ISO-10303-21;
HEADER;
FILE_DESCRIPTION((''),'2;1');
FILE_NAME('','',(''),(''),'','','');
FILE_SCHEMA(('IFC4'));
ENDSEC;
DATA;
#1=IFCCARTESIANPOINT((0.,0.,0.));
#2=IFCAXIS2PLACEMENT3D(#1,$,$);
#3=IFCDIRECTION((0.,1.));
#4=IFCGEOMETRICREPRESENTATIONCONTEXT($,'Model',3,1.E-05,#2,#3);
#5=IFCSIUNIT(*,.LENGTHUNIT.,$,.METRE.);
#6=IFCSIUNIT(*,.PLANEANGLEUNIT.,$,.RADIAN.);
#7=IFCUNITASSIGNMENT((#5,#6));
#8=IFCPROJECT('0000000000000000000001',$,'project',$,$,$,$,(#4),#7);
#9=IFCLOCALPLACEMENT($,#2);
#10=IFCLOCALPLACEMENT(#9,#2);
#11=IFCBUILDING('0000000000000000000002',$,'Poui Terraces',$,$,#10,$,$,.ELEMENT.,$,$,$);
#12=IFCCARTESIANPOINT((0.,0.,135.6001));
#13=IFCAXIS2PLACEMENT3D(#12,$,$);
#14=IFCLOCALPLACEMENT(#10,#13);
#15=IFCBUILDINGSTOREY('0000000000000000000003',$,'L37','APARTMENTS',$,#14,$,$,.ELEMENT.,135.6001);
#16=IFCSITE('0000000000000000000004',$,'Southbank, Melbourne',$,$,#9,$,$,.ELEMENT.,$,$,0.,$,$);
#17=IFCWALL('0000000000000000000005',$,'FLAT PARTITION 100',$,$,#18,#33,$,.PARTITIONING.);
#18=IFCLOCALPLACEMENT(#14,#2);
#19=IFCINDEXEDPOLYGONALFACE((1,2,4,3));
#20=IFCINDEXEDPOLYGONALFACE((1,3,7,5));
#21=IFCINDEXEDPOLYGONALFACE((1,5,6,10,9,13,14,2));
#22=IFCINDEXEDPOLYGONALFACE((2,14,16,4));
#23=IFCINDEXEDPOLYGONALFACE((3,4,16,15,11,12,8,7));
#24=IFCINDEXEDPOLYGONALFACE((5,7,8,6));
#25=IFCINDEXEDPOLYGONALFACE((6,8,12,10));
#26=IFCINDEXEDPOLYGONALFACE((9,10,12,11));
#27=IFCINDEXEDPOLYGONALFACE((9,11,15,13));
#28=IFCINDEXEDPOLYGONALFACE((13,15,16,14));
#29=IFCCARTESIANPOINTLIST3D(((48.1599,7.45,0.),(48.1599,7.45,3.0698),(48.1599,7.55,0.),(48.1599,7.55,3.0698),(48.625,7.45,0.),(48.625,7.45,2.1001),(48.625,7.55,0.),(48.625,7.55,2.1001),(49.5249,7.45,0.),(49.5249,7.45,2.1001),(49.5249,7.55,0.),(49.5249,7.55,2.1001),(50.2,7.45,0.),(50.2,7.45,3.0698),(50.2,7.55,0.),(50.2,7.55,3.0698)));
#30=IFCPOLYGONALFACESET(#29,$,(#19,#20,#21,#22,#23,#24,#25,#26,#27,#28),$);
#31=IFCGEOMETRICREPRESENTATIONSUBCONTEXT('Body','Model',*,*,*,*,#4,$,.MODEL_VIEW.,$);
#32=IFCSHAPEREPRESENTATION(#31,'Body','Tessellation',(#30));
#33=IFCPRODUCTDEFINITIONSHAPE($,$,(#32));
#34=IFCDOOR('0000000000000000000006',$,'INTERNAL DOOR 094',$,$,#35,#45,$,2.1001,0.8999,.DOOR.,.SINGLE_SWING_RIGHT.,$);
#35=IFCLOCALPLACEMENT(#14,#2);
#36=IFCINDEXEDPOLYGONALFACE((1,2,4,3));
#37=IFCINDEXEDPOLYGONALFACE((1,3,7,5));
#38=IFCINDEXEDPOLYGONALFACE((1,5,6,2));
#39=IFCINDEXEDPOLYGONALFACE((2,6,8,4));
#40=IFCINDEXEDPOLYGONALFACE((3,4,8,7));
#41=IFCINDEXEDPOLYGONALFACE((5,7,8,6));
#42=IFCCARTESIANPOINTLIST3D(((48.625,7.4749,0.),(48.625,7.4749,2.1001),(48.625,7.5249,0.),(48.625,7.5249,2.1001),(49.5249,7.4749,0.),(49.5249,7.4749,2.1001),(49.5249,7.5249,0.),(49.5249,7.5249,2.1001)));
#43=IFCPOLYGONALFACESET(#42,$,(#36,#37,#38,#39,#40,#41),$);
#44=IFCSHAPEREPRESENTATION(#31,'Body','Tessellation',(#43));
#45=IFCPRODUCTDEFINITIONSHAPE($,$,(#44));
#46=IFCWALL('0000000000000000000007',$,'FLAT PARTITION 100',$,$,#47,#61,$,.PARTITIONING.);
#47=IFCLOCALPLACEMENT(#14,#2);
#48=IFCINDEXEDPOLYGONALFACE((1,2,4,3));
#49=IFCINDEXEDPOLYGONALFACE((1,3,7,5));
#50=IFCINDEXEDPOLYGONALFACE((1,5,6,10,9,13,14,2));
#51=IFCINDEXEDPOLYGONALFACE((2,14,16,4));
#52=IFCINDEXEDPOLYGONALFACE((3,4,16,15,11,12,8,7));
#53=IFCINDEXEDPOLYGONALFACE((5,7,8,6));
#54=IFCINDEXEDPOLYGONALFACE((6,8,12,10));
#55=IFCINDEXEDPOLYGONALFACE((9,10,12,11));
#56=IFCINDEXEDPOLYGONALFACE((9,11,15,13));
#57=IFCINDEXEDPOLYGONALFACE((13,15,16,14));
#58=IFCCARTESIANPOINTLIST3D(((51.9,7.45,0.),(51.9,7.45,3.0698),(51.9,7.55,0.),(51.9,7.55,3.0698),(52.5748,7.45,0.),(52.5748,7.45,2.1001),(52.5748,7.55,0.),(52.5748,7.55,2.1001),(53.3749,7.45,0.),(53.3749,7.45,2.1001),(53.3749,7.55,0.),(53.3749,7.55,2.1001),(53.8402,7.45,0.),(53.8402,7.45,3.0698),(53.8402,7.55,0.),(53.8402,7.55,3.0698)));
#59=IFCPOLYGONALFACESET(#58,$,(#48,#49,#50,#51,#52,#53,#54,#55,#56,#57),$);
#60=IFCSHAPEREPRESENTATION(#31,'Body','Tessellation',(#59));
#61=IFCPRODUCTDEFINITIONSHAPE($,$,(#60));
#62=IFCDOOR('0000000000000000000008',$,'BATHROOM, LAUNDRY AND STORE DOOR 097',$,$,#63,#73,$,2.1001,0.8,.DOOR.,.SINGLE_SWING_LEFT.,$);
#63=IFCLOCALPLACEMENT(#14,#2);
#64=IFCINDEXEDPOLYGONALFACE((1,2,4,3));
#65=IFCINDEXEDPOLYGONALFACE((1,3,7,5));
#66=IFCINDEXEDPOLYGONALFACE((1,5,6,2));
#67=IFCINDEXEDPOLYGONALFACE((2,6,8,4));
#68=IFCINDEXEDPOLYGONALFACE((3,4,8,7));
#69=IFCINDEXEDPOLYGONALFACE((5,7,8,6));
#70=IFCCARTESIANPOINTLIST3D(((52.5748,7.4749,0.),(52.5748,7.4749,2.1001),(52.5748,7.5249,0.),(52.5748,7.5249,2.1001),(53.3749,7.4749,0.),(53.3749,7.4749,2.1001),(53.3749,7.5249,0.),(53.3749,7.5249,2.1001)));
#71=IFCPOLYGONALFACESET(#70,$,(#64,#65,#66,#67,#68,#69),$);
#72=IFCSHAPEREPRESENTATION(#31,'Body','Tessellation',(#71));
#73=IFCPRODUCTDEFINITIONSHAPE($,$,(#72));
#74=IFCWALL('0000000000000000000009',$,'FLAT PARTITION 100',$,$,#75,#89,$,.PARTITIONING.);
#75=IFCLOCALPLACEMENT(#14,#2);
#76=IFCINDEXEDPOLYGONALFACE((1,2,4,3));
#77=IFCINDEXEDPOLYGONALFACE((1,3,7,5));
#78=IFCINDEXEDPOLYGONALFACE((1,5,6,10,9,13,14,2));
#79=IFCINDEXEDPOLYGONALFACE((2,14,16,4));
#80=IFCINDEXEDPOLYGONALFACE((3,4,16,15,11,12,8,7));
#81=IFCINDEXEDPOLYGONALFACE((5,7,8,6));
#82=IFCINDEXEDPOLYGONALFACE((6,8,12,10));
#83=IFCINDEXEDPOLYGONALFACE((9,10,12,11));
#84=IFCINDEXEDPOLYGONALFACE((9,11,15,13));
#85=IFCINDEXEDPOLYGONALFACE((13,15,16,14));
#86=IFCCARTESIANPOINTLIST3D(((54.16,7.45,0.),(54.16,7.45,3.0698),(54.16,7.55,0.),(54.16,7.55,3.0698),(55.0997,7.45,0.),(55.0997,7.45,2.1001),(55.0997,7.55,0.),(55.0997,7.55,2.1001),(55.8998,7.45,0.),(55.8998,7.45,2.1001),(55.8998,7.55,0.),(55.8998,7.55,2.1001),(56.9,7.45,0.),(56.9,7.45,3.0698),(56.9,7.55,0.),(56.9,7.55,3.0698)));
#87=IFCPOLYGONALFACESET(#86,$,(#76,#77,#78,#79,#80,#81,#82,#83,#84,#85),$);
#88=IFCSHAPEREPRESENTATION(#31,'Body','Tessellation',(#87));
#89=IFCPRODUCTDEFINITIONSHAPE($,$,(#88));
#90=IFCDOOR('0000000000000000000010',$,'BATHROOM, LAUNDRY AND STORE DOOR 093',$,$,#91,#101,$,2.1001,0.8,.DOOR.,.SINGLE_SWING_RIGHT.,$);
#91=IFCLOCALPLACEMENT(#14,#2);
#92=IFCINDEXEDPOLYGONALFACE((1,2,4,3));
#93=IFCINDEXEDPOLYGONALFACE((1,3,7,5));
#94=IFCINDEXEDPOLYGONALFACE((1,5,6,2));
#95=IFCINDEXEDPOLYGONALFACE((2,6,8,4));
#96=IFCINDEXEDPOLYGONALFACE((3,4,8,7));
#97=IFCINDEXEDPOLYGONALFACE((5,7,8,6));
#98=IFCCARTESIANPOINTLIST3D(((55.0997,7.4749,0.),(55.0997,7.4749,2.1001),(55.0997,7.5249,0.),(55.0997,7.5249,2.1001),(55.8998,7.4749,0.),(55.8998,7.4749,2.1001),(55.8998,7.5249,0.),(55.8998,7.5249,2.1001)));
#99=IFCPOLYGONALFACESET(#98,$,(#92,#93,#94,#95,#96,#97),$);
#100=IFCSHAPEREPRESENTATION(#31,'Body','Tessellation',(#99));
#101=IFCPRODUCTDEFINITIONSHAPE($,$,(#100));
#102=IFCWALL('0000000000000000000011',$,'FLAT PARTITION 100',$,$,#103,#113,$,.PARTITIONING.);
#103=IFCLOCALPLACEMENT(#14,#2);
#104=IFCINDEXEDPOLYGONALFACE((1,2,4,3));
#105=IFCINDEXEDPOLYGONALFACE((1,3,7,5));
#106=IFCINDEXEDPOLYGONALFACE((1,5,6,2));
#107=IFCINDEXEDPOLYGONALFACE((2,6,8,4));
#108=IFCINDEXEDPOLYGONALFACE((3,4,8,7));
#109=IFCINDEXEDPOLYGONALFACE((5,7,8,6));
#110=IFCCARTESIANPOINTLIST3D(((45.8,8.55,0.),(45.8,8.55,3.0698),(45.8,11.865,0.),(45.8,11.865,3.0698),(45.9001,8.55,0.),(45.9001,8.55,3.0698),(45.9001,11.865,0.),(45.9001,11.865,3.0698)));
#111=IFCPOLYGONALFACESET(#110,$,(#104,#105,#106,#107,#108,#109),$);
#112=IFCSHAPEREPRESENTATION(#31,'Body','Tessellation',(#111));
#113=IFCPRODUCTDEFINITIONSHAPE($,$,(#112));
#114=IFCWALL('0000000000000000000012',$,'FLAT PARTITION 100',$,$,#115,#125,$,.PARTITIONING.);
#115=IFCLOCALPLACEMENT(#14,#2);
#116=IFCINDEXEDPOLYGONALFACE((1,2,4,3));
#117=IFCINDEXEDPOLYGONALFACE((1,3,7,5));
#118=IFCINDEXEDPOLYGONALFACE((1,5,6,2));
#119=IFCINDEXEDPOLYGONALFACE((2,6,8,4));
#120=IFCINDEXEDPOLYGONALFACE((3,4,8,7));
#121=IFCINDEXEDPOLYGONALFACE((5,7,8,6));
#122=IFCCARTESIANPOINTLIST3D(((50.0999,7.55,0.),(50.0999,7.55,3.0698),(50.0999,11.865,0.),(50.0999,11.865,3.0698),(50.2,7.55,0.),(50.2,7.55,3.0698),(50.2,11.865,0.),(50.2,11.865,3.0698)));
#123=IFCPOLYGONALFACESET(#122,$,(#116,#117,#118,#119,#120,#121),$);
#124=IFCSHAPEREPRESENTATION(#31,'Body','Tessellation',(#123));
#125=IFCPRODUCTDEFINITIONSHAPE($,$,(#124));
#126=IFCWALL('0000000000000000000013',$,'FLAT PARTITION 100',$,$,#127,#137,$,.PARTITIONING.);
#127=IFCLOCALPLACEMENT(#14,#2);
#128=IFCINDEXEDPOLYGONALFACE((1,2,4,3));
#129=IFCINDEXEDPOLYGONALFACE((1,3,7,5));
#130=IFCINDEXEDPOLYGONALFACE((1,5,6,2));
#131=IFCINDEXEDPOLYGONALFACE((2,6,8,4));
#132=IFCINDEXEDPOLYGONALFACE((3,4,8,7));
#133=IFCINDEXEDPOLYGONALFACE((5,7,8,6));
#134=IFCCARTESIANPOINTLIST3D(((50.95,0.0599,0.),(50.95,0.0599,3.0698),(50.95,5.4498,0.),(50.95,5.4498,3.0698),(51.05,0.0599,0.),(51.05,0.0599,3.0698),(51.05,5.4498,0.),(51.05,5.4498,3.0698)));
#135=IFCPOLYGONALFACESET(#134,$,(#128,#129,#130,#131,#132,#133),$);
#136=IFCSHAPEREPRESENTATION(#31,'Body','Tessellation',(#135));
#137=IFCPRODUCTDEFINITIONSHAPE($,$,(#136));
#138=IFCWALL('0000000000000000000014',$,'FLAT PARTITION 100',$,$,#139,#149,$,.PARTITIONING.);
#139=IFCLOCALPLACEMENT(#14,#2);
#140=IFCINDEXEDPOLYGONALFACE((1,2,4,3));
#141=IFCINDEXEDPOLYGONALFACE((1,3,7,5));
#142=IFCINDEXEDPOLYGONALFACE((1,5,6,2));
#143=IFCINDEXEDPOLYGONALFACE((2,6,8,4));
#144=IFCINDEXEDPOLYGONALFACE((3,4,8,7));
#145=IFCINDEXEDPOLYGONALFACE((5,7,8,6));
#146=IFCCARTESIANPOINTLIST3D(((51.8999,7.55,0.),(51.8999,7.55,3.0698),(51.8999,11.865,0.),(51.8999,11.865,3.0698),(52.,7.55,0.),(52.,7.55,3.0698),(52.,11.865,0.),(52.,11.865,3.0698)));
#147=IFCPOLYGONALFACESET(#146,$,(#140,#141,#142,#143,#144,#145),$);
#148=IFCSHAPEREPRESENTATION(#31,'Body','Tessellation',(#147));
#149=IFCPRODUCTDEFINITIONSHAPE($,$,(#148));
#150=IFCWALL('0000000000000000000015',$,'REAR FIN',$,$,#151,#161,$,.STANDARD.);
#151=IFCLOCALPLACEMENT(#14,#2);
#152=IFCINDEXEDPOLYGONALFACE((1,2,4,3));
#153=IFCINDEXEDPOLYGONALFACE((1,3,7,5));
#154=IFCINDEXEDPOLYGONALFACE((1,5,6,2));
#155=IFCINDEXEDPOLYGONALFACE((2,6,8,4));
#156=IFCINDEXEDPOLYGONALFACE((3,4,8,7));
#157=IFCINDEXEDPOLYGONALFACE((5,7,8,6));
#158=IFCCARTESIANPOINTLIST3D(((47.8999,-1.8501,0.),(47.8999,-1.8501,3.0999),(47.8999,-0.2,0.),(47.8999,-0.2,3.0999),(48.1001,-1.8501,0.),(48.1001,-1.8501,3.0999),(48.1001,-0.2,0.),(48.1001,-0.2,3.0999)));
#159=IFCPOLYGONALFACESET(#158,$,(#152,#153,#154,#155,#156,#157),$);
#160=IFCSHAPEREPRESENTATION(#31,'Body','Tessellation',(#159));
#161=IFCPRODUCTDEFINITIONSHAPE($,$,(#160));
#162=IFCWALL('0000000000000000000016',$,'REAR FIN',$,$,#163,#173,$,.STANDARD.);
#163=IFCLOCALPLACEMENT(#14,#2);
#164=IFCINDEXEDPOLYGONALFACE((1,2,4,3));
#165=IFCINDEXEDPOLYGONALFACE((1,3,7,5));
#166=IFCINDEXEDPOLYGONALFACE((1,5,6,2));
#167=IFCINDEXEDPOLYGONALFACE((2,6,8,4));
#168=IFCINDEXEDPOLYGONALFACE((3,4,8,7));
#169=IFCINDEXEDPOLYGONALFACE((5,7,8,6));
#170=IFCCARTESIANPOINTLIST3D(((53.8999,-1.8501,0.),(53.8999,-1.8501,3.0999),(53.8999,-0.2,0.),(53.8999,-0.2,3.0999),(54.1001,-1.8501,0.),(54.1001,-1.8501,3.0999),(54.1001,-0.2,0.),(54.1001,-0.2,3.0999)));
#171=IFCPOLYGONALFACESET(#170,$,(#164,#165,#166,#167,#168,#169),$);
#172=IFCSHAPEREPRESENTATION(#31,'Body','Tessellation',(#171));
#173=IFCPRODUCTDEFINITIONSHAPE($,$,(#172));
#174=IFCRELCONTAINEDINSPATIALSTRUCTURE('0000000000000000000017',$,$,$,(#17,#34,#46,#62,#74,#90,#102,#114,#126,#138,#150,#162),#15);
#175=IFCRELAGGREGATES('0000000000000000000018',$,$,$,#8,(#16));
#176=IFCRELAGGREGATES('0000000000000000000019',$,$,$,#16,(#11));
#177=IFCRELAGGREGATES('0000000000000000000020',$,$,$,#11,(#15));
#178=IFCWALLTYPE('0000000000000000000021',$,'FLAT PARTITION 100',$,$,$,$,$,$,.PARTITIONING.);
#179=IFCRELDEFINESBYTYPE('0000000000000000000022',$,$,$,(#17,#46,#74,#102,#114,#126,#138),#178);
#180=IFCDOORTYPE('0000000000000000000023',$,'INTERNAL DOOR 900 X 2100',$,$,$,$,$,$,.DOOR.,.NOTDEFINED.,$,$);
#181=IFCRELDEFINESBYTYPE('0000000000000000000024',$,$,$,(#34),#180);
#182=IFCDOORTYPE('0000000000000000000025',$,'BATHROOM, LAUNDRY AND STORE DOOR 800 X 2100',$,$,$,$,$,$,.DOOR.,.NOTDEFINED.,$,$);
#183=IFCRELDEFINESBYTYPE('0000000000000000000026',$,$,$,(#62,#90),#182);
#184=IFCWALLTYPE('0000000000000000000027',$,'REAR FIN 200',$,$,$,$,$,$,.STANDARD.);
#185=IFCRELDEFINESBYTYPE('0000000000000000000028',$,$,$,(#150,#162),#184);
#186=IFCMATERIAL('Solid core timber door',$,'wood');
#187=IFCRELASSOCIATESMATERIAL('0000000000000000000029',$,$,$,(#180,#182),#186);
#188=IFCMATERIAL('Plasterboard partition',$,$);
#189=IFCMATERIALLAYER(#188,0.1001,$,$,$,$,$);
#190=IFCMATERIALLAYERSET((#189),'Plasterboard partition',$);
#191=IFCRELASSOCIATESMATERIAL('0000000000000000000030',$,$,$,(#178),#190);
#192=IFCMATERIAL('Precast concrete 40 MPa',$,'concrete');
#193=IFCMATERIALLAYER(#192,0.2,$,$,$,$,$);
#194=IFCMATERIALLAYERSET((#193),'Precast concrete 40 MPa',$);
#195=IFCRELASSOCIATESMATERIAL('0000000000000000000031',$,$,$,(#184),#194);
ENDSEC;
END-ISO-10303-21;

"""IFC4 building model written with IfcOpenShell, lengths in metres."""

from ifc_helpers import new_model, si_unit, direction, frame, frame_2d, origin, place, context, subcontext, project, spatial, polyline, rectangle, outline, extrude, source, transform, mapped, material, layer, layer_set, type_object, element, fill, save


model = new_model("IFC4")

# Units and contexts
model_context = context("Model", 3, precision=1e-05, world=origin(), true_north=direction((0.0, 1.0)))
body_context = subcontext(model_context, "Body", "Model", "MODEL_VIEW")
ifc_project = project(units=[si_unit("LENGTHUNIT", "METRE"), si_unit("PLANEANGLEUNIT", "RADIAN")], contexts=[model_context])

# Site, building, storey
site_placement = place(None, origin())
site = spatial("IfcSite", under=ifc_project, at=site_placement, Name="Southbank, Melbourne", CompositionType="ELEMENT", RefElevation=0.0)
building_placement = place(site_placement, origin())
building = spatial("IfcBuilding", under=site, at=building_placement, Name="Poui Terraces", CompositionType="ELEMENT")
storey_placement = place(building_placement, frame((0.0, 0.0, 135.6001)))
storey = spatial("IfcBuildingStorey", under=building, at=storey_placement, Name="L37", Description="APARTMENTS", CompositionType="ELEMENT", Elevation=135.6001)

# Shared definitions
ifc_material_1 = material(Name="Precast concrete 40 MPa", Category="concrete")

# Walls, openings, doors
ifc_material_2 = material(Name="Solid core timber door", Category="wood")
door_type_1 = type_object("IfcDoorType", Name="INTERNAL DOOR 900 X 2100", OperationType="NOTDEFINED", PredefinedType="DOOR", material=ifc_material_2)
ifc_material_3 = material(Name="Plasterboard partition")
ifc_layer_1 = layer(ifc_material_3, 0.1001)
ifc_layer_set_1 = layer_set([ifc_layer_1], Name="Plasterboard partition")
wall_type_1 = type_object("IfcWallType", Name="FLAT PARTITION 100", PredefinedType="PARTITIONING", material=ifc_layer_set_1)
wall_1_placement = place(storey_placement, frame((48.1599, 7.5, 0.0), z_axis=(0.0, 0.0, 1.0), x_axis=(1.0, 0.0, 0.0)))
wall_1 = element("IfcWall", 1, at=wall_1_placement, inside=storey, type_object=wall_type_1, Name="FLAT PARTITION 100", PredefinedType="PARTITIONING", context=body_context, shape_type="SweptSolid", body=[
    extrude(rectangle(XDim=2.04, YDim=0.1001, at=frame_2d((1.02, 0.0))), origin(), (0.0, 0.0, 1.0), 3.0698),
])
opening_1_placement = place(wall_1_placement, frame((0.4651, 0.0, 0.0)))
opening_1 = element("IfcOpeningElement", 2, at=opening_1_placement, cuts=wall_1, PredefinedType="OPENING", context=body_context, shape_type="SweptSolid", body=[
    extrude(rectangle(XDim=0.8999, YDim=2.1001, at=frame_2d((0.45, 1.05))), frame((0.0, 0.0601, 0.0), z_axis=(0.0, -1.0, 0.0), x_axis=(1.0, 0.0, 0.0)), (0.0, 0.0, 1.0), 0.1201),
])
door_1_placement = place(opening_1_placement, origin())
door_1 = element("IfcDoor", 3, at=door_1_placement, inside=storey, type_object=door_type_1, Name="INTERNAL DOOR 094", OperationType="SINGLE_SWING_RIGHT", OverallHeight=2.1001, OverallWidth=0.8999, PredefinedType="DOOR", context=body_context, shape_type="SweptSolid", body=[
    extrude(rectangle(XDim=0.8999, YDim=2.1001, at=frame_2d((0.45, 1.05))), frame((0.0, 0.0249, 0.0), z_axis=(0.0, -1.0, 0.0), x_axis=(1.0, 0.0, 0.0)), (0.0, 0.0, 1.0), 0.05),
])
fill(opening_1, door_1)
wall_2_placement = place(storey_placement, frame((51.8999, 7.5, 0.0), z_axis=(0.0, 0.0, 1.0), x_axis=(1.0, 0.0, 0.0)))
wall_2 = element("IfcWall", 4, at=wall_2_placement, inside=storey, type_object=wall_type_1, Name="FLAT PARTITION 100", PredefinedType="PARTITIONING", context=body_context, shape_type="SweptSolid", body=[
    extrude(rectangle(XDim=1.9402, YDim=0.1001, at=frame_2d((0.9702, 0.0))), origin(), (0.0, 0.0, 1.0), 3.0698),
])
opening_2_placement = place(wall_2_placement, frame((0.675, 0.0, 0.0)))
opening_2 = element("IfcOpeningElement", 5, at=opening_2_placement, cuts=wall_2, PredefinedType="OPENING", context=body_context, shape_type="SweptSolid", body=[
    extrude(rectangle(XDim=0.8, YDim=2.1001, at=frame_2d((0.3999, 1.05))), frame((0.0, 0.0601, 0.0), z_axis=(0.0, -1.0, 0.0), x_axis=(1.0, 0.0, 0.0)), (0.0, 0.0, 1.0), 0.1201),
])
door_type_2 = type_object("IfcDoorType", Name="BATHROOM, LAUNDRY AND STORE DOOR 800 X 2100", OperationType="NOTDEFINED", PredefinedType="DOOR", material=ifc_material_2)
door_2_placement = place(opening_2_placement, origin())
door_2 = element("IfcDoor", 6, at=door_2_placement, inside=storey, type_object=door_type_2, Name="BATHROOM, LAUNDRY AND STORE DOOR 097", OperationType="SINGLE_SWING_LEFT", OverallHeight=2.1001, OverallWidth=0.8, PredefinedType="DOOR", context=body_context, shape_type="SweptSolid", body=[
    extrude(rectangle(XDim=0.8, YDim=2.1001, at=frame_2d((0.3999, 1.05))), frame((0.0, 0.0249, 0.0), z_axis=(0.0, -1.0, 0.0), x_axis=(1.0, 0.0, 0.0)), (0.0, 0.0, 1.0), 0.05),
])
fill(opening_2, door_2)
wall_3_placement = place(storey_placement, frame((54.1599, 7.5, 0.0), z_axis=(0.0, 0.0, 1.0), x_axis=(1.0, 0.0, 0.0)))
wall_3 = element("IfcWall", 7, at=wall_3_placement, inside=storey, type_object=wall_type_1, Name="FLAT PARTITION 100", PredefinedType="PARTITIONING", context=body_context, shape_type="SweptSolid", body=[
    extrude(rectangle(XDim=2.74, YDim=0.1001, at=frame_2d((1.3701, 0.0))), origin(), (0.0, 0.0, 1.0), 3.0698),
])
opening_3_placement = place(wall_3_placement, frame((0.9399, 0.0, 0.0)))
opening_3 = element("IfcOpeningElement", 8, at=opening_3_placement, cuts=wall_3, PredefinedType="OPENING", context=body_context, shape_type="SweptSolid", body=[
    extrude(rectangle(XDim=0.8, YDim=2.1001, at=frame_2d((0.3999, 1.05))), frame((0.0, 0.0601, 0.0), z_axis=(0.0, -1.0, 0.0), x_axis=(1.0, 0.0, 0.0)), (0.0, 0.0, 1.0), 0.1201),
])
door_3_placement = place(opening_3_placement, origin())
door_3 = element("IfcDoor", 9, at=door_3_placement, inside=storey, type_object=door_type_2, Name="BATHROOM, LAUNDRY AND STORE DOOR 093", OperationType="SINGLE_SWING_RIGHT", OverallHeight=2.1001, OverallWidth=0.8, PredefinedType="DOOR", context=body_context, shape_type="SweptSolid", body=[
    extrude(rectangle(XDim=0.8, YDim=2.1001, at=frame_2d((0.3999, 1.05))), frame((0.0, 0.0249, 0.0), z_axis=(0.0, -1.0, 0.0), x_axis=(1.0, 0.0, 0.0)), (0.0, 0.0, 1.0), 0.05),
])
fill(opening_3, door_3)

# Walls
wall_4_placement = place(storey_placement, frame((45.8501, 8.55, 0.0), z_axis=(0.0, 0.0, 1.0), x_axis=(0.0, 1.0, 0.0)))
element("IfcWall", 10, at=wall_4_placement, inside=storey, type_object=wall_type_1, Name="FLAT PARTITION 100", PredefinedType="PARTITIONING", context=body_context, shape_type="SweptSolid", body=[
    extrude(rectangle(XDim=3.3149, YDim=0.1001, at=frame_2d((1.6575, 0.0))), origin(), (0.0, 0.0, 1.0), 3.0698),
])
wall_5_placement = place(storey_placement, frame((50.1499, 7.55, 0.0), z_axis=(0.0, 0.0, 1.0), x_axis=(0.0, 1.0, 0.0)))
element("IfcWall", 11, at=wall_5_placement, inside=storey, type_object=wall_type_1, Name="FLAT PARTITION 100", PredefinedType="PARTITIONING", context=body_context, shape_type="SweptSolid", body=[
    extrude(rectangle(XDim=4.3149, YDim=0.1001, at=frame_2d((2.1575, 0.0))), origin(), (0.0, 0.0, 1.0), 3.0698),
])
wall_6_placement = place(storey_placement, frame((51.0, 0.0601, 0.0), z_axis=(0.0, 0.0, 1.0), x_axis=(0.0, 1.0, 0.0)))
element("IfcWall", 12, at=wall_6_placement, inside=storey, type_object=wall_type_1, Name="FLAT PARTITION 100", PredefinedType="PARTITIONING", context=body_context, shape_type="SweptSolid", body=[
    extrude(rectangle(XDim=5.3899, YDim=0.1001, at=frame_2d((2.6948, 0.0))), origin(), (0.0, 0.0, 1.0), 3.0698),
])
wall_7_placement = place(storey_placement, frame((51.95, 7.55, 0.0), z_axis=(0.0, 0.0, 1.0), x_axis=(0.0, 1.0, 0.0)))
element("IfcWall", 13, at=wall_7_placement, inside=storey, type_object=wall_type_1, Name="FLAT PARTITION 100", PredefinedType="PARTITIONING", context=body_context, shape_type="SweptSolid", body=[
    extrude(rectangle(XDim=4.3149, YDim=0.1001, at=frame_2d((2.1575, 0.0))), origin(), (0.0, 0.0, 1.0), 3.0698),
])
ifc_layer_2 = layer(ifc_material_1, 0.2)
ifc_layer_set_2 = layer_set([ifc_layer_2], Name="Precast concrete 40 MPa")
wall_type_2 = type_object("IfcWallType", Name="REAR FIN 200", PredefinedType="STANDARD", material=ifc_layer_set_2)
shared_shape_1 = source(origin(), body_context, "Body", "SweptSolid", [
    extrude(outline(polyline([(0.0, 0.0), (0.2002, 0.0), (0.2002, 1.6501), (0.0, 1.6501), (0.0, 0.0)])), origin(), (0.0, 0.0, 1.0), 3.0999),
])
for number, where, name in (
    (14, (47.8999, -1.8501, 0.0), "REAR FIN"),
    (15, (53.8999, -1.8501, 0.0), "REAR FIN"),
):
    element("IfcWall", number, at=place(storey_placement, frame(where)), inside=storey, type_object=wall_type_2, Name=name, PredefinedType="STANDARD", context=body_context, shape_type="MappedRepresentation", body=[
        mapped(shared_shape_1, transform((0.0, 0.0, 0.0))),
    ])

save(model, "model.ifc")
